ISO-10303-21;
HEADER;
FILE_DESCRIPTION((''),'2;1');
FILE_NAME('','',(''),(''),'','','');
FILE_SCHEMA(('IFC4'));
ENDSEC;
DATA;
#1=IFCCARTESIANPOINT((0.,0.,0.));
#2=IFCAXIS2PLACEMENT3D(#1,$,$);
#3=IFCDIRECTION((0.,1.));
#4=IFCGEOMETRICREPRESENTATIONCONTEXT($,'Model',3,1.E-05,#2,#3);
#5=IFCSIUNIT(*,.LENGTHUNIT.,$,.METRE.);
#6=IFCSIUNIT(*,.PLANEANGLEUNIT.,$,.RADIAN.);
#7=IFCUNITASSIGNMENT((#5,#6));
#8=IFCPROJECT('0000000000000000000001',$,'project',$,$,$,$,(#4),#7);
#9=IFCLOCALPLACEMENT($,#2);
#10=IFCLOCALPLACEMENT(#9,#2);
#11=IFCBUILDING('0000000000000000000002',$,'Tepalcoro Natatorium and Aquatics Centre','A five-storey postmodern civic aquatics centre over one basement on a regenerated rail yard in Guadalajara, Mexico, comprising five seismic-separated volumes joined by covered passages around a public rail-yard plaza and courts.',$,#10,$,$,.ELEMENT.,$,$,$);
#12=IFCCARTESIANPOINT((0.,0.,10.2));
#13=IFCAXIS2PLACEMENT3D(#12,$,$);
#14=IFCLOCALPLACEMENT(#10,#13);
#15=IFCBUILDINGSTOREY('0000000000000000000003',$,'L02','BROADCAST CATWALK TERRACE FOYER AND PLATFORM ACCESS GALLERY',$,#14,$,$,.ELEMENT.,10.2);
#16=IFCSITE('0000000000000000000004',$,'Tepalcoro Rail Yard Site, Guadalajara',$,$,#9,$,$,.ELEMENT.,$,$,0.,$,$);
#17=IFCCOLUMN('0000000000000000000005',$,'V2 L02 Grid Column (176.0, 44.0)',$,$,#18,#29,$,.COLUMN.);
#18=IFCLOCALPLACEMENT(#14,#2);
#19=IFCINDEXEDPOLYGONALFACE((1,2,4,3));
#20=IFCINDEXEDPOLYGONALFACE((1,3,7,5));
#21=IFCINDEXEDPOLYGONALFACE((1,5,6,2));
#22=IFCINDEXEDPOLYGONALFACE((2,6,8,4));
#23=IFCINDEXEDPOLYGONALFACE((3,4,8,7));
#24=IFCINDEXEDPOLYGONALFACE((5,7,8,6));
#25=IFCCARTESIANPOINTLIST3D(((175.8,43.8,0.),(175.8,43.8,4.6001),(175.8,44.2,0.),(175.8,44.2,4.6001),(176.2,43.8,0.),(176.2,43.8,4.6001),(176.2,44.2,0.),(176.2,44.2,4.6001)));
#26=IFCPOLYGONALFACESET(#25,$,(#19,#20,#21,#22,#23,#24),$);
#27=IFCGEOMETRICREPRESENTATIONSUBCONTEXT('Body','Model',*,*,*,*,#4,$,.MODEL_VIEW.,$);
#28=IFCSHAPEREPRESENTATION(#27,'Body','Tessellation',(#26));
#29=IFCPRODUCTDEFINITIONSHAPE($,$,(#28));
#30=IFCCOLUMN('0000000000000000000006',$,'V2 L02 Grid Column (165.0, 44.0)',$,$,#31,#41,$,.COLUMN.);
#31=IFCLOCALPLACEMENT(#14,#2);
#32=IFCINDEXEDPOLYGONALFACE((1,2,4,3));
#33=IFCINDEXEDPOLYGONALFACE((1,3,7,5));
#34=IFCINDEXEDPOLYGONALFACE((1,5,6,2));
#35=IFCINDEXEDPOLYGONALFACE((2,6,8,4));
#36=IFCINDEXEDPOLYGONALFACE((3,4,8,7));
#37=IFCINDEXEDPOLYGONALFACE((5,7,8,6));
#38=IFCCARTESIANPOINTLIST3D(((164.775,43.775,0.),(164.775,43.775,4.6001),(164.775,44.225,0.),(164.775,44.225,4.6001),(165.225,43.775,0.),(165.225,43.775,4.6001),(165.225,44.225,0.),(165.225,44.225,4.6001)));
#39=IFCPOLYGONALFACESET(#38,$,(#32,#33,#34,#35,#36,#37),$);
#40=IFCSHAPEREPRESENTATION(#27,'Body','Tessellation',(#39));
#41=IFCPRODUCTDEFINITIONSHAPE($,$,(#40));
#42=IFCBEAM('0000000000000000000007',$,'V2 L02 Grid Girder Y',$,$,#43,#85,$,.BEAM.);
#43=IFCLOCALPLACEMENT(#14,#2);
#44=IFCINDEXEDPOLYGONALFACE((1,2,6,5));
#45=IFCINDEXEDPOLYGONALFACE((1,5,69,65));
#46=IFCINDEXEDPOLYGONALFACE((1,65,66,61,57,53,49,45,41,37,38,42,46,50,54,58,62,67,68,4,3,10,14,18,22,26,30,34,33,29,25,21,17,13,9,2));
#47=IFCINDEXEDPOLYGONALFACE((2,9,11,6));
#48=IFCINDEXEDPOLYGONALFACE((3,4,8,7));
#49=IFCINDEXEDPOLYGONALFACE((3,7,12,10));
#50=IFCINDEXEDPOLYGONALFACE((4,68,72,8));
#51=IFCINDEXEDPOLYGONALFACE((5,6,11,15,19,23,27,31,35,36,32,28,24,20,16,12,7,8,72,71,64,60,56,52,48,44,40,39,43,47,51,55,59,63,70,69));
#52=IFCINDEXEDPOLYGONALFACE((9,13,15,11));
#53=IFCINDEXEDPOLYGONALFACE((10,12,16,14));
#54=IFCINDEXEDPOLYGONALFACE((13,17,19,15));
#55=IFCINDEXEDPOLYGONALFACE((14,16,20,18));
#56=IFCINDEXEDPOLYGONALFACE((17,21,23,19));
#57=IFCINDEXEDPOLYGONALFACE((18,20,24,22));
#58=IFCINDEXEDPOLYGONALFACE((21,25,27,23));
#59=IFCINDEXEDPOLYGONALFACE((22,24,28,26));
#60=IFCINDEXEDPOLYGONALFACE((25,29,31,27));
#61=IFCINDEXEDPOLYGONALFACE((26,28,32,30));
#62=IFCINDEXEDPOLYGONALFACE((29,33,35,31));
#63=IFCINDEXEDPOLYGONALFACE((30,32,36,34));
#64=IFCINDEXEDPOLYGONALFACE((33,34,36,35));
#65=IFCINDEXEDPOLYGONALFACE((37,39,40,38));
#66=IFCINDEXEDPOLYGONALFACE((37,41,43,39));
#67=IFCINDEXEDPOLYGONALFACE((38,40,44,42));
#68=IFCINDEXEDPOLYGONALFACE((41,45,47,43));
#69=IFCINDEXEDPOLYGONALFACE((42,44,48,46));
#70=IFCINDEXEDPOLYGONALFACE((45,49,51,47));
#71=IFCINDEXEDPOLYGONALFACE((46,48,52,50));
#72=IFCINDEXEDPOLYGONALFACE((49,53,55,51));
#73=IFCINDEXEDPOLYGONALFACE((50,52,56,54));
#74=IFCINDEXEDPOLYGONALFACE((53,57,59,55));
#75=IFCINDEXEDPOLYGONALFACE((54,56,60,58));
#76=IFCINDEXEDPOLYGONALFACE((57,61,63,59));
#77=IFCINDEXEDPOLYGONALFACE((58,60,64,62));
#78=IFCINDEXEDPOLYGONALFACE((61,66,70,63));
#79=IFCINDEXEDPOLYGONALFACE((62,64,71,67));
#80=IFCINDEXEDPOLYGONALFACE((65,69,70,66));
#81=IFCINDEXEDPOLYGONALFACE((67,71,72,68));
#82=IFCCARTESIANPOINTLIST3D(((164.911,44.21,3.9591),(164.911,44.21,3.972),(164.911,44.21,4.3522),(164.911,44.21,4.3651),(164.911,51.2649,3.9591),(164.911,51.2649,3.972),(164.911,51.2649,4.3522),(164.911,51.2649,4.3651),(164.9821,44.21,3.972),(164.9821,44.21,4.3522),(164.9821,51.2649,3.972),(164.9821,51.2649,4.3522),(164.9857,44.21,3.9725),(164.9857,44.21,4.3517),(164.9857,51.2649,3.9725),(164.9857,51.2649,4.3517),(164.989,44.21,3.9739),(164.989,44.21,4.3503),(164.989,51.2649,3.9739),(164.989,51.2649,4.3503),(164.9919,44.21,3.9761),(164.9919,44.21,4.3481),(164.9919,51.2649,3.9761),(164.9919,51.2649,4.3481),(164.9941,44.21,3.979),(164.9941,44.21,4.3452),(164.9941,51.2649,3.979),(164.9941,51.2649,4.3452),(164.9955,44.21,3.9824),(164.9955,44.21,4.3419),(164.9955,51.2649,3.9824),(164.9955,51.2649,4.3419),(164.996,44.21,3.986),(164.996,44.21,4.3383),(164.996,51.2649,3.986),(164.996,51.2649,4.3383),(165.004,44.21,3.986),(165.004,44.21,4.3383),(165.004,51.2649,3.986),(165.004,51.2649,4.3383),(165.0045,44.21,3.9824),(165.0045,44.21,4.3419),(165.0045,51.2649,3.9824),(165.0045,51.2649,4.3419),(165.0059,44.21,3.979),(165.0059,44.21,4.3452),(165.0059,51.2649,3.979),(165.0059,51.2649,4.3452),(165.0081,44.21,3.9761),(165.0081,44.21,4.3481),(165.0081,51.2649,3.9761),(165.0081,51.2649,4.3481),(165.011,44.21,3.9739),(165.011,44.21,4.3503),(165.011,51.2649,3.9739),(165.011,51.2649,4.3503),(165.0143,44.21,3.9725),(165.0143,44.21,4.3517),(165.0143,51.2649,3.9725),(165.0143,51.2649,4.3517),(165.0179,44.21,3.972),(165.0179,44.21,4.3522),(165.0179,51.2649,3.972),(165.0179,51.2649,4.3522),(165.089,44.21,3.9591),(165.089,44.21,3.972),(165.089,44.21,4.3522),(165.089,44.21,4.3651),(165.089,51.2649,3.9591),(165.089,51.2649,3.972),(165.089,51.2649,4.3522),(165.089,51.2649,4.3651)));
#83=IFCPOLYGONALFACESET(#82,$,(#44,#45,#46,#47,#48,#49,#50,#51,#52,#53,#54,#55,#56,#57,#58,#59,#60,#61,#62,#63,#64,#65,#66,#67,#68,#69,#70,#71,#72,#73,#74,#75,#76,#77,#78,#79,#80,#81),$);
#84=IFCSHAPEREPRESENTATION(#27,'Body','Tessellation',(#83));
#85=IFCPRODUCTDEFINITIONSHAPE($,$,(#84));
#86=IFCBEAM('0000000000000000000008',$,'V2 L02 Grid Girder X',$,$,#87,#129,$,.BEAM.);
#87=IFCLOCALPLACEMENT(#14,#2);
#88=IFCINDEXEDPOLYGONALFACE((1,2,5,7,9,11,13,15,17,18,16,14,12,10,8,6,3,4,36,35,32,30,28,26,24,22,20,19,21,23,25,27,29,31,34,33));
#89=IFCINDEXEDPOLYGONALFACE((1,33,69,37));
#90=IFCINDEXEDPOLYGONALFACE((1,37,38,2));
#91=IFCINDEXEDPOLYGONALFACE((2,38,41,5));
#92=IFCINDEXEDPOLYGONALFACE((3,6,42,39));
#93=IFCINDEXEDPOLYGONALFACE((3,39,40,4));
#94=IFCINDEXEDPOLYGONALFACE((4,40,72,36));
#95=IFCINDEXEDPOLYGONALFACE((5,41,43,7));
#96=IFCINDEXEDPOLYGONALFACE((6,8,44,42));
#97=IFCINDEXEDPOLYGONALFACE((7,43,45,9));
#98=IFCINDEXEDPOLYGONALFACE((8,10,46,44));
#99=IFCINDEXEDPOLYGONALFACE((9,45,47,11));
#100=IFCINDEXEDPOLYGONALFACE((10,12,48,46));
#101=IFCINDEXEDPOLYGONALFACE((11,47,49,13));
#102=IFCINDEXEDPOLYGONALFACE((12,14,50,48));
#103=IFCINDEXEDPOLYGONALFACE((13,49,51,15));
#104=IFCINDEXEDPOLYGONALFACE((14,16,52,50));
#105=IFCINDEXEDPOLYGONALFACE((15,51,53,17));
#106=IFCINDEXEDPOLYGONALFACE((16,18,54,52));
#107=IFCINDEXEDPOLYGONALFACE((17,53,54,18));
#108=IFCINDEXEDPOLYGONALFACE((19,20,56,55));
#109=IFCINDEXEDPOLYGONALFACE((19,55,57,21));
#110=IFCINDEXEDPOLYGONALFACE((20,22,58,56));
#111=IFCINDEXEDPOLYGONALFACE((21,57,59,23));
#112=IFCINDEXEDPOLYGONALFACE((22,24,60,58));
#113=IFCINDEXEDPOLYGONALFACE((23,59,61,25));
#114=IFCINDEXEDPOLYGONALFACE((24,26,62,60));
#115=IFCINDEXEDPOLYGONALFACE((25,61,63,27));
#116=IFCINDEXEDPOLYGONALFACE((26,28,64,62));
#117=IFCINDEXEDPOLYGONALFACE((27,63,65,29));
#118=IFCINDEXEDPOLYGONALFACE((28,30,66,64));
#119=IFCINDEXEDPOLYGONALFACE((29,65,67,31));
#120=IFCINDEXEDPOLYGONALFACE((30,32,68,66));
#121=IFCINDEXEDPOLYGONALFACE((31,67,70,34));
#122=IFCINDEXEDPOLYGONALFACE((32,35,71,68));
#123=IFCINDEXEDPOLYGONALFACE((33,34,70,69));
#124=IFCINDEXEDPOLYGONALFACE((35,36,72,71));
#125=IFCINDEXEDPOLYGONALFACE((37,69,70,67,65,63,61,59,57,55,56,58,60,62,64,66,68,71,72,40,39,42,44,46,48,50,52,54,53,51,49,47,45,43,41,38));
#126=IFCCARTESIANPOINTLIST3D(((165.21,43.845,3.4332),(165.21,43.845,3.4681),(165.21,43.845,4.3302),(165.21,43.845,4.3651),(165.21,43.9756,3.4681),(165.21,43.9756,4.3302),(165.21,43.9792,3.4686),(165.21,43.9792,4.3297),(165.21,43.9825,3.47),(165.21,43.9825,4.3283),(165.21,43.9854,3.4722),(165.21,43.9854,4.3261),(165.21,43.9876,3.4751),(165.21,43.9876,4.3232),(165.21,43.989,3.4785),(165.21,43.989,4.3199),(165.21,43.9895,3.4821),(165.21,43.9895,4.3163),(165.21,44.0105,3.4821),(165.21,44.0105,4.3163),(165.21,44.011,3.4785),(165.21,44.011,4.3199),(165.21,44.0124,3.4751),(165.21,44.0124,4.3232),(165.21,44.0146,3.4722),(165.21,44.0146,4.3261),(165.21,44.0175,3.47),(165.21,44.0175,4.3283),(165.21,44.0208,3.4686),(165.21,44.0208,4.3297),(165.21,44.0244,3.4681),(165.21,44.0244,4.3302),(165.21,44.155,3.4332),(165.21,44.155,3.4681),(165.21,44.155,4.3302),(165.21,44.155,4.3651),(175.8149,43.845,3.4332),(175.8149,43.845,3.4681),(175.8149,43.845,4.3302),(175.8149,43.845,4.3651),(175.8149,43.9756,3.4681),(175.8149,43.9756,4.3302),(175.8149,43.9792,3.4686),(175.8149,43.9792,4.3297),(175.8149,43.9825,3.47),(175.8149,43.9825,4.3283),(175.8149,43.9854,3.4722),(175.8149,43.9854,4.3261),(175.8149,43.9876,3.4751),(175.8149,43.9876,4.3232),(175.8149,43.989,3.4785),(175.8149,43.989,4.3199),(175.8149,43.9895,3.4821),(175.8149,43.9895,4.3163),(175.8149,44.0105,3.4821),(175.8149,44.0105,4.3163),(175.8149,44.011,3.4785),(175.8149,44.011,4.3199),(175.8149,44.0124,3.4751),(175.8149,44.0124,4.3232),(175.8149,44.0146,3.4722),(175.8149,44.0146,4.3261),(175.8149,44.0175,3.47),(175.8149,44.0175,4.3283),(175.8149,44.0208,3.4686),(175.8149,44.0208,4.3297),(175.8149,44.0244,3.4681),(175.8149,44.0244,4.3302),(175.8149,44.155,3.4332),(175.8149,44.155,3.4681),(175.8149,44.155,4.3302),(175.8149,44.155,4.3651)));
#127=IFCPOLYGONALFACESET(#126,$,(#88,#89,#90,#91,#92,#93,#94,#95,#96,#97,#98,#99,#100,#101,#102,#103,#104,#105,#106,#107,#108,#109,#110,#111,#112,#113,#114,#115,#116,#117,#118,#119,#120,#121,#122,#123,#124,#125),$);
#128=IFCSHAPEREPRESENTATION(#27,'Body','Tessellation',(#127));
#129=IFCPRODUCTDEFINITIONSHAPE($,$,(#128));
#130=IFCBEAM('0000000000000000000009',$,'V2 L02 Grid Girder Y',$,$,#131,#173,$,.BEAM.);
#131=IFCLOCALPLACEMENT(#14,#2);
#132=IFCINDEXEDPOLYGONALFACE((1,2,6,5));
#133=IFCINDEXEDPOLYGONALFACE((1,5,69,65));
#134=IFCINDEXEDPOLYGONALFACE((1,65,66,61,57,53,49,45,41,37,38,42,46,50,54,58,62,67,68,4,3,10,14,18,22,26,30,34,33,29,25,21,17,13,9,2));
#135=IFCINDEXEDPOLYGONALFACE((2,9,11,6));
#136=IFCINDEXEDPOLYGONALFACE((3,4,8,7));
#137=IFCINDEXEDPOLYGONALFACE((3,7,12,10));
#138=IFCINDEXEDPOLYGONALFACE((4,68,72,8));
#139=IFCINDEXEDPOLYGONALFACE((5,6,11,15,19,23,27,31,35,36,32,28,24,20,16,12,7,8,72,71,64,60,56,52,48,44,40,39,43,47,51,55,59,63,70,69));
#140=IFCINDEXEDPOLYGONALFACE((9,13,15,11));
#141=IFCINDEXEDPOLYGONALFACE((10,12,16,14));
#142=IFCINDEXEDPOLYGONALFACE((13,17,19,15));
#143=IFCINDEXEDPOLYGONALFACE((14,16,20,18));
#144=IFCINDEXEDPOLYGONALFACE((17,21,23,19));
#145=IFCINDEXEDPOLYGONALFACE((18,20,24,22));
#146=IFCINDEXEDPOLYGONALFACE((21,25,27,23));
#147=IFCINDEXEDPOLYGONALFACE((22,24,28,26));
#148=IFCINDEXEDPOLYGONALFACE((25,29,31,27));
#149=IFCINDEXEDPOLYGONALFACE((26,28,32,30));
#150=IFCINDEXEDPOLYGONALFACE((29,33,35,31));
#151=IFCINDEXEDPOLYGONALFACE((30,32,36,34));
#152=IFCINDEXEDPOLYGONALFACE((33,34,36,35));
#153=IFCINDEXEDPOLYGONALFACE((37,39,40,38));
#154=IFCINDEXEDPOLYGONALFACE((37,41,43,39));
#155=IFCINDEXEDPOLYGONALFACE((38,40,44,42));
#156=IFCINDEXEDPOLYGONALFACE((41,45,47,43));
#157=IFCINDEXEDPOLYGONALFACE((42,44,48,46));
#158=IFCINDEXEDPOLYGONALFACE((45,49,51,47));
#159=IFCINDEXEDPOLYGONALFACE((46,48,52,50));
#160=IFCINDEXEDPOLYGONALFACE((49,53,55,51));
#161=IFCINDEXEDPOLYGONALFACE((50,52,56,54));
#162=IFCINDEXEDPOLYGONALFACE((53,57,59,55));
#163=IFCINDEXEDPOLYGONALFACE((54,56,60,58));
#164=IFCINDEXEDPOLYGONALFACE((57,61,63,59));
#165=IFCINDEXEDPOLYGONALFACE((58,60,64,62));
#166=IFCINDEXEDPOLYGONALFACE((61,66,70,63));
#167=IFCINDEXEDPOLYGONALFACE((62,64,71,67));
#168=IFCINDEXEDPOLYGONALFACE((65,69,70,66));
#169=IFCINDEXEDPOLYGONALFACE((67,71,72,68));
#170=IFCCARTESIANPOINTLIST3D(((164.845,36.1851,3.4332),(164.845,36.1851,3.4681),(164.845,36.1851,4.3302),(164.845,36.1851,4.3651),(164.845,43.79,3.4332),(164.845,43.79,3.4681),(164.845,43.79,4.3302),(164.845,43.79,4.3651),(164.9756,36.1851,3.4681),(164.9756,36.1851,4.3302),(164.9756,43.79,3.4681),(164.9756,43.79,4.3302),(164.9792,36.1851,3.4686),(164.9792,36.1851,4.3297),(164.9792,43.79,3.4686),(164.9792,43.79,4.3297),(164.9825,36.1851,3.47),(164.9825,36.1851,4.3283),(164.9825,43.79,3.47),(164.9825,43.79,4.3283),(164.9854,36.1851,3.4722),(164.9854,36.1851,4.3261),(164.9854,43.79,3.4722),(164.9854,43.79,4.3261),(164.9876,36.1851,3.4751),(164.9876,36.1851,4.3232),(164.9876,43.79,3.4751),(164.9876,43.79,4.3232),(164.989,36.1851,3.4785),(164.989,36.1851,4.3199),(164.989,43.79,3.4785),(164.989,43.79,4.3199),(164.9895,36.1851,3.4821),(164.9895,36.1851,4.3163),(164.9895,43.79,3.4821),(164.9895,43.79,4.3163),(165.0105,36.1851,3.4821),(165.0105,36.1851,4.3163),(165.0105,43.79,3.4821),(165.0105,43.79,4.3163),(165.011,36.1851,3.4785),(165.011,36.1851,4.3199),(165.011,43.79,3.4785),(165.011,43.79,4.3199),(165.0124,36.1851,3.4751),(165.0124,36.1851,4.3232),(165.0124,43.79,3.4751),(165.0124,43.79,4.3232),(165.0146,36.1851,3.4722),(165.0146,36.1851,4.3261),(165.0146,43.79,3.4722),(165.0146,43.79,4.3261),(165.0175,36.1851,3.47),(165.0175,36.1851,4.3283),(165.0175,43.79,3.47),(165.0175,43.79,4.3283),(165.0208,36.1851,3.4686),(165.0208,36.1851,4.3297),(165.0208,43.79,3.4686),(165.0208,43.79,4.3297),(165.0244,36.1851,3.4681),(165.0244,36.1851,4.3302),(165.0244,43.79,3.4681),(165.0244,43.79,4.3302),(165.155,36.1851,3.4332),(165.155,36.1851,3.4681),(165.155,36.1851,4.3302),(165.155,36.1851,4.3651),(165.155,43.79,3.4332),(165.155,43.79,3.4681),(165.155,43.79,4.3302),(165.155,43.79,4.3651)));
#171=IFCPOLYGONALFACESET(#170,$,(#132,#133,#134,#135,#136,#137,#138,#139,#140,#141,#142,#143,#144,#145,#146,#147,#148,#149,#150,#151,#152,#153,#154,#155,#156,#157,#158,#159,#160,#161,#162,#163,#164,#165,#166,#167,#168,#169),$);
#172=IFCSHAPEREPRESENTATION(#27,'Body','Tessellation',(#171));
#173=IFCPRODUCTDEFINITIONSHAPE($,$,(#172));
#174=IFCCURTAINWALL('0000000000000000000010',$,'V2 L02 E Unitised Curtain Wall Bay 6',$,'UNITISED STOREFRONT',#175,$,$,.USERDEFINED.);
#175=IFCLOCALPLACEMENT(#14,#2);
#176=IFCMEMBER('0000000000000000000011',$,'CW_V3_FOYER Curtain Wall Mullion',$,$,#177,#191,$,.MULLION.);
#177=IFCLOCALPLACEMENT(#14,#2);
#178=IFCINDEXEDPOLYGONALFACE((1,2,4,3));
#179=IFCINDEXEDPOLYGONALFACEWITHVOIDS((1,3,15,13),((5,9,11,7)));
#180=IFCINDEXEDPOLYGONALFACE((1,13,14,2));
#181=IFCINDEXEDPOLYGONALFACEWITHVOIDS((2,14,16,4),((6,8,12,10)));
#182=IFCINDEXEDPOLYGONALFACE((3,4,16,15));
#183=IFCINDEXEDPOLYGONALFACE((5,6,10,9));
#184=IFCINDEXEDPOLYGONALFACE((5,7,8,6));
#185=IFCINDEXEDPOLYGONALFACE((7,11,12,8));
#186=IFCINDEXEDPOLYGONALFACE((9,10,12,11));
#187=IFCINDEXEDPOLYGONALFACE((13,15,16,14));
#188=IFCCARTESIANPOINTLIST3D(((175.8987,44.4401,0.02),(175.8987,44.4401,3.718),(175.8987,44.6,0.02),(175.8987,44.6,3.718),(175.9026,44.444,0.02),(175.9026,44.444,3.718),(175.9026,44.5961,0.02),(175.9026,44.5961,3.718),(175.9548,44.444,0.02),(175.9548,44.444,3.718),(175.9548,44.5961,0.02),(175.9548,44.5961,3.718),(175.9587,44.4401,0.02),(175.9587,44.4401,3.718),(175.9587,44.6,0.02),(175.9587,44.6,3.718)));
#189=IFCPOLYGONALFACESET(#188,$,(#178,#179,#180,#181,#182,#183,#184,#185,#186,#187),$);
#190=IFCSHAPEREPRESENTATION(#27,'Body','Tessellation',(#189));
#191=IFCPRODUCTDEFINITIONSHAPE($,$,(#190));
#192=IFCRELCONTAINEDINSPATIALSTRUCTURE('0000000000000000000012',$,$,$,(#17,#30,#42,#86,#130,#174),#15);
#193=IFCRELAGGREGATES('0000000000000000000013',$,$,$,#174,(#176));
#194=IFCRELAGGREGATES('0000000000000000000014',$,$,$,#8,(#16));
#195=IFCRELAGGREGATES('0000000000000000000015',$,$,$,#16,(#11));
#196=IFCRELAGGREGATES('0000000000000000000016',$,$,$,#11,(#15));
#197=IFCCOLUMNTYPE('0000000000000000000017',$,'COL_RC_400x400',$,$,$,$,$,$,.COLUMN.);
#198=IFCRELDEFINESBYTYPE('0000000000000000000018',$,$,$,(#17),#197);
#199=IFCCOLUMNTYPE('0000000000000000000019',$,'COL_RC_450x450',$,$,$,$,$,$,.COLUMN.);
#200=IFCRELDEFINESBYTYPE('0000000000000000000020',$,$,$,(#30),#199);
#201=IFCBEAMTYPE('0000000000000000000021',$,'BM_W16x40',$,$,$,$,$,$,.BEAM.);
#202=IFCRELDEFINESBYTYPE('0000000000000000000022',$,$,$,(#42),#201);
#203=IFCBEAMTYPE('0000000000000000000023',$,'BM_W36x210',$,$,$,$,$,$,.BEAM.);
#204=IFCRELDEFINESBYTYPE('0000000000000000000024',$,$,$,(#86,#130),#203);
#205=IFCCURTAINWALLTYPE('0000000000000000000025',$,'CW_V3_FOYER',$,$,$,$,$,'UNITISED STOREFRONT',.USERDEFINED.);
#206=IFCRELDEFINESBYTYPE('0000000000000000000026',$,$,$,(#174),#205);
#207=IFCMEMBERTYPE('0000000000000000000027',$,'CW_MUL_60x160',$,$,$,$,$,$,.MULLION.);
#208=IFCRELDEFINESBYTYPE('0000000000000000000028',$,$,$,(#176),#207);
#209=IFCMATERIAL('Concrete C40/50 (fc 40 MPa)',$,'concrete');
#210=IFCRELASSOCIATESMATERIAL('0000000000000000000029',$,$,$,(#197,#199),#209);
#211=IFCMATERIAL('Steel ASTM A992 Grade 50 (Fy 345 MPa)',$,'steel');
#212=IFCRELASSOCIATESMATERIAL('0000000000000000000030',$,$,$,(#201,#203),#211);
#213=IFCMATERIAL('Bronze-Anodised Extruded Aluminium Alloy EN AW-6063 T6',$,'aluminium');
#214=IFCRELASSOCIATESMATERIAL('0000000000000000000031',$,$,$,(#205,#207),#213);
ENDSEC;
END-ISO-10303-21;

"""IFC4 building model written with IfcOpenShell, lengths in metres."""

from ifc_helpers import new_model, si_unit, direction, frame, origin, origin_2d, place, context, subcontext, project, spatial, rectangle, hollow_rectangle, i_section, extrude, material, material_profile, profile_set, type_object, element, aggregate, save


model = new_model("IFC4")

# Units and contexts
model_context = context("Model", 3, precision=1e-05, world=origin(), true_north=direction((0.0, 1.0)))
body_context = subcontext(model_context, "Body", "Model", "MODEL_VIEW")
ifc_project = project(units=[si_unit("LENGTHUNIT", "METRE"), si_unit("PLANEANGLEUNIT", "RADIAN")], contexts=[model_context])

# Site, building, storey
site_placement = place(None, origin())
site = spatial("IfcSite", under=ifc_project, at=site_placement, Name="Tepalcoro Rail Yard Site, Guadalajara", CompositionType="ELEMENT", RefElevation=0.0)
building_placement = place(site_placement, origin())
building = spatial("IfcBuilding", under=site, at=building_placement, Name="Tepalcoro Natatorium and Aquatics Centre", Description="A five-storey postmodern civic aquatics centre over one basement on a regenerated rail yard in Guadalajara, Mexico, comprising five seismic-separated volumes joined by covered passages around a public rail-yard plaza and courts.", CompositionType="ELEMENT")
storey_placement = place(building_placement, frame((0.0, 0.0, 10.2)))
storey = spatial("IfcBuildingStorey", under=building, at=storey_placement, Name="L02", Description="BROADCAST CATWALK TERRACE FOYER AND PLATFORM ACCESS GALLERY", CompositionType="ELEMENT", Elevation=10.2)

# Columns
ifc_material_1 = material(Name="Concrete C40/50 (fc 40 MPa)", Category="concrete")
ifc_material_profile_1 = material_profile(ifc_material_1, rectangle(XDim=0.3999, YDim=0.3999, at=origin_2d()), Name="RC400x400")
ifc_profile_set_1 = profile_set([ifc_material_profile_1], Name="Concrete C40/50 (fc 40 MPa)")
column_type_1 = type_object("IfcColumnType", Name="COL_RC_400x400", PredefinedType="COLUMN", material=ifc_profile_set_1)
column_1_placement = place(storey_placement, frame((176.0, 44.0, 0.0), z_axis=(0.0, 0.0, 1.0), x_axis=(1.0, 0.0, 0.0)))
element("IfcColumn", 1, at=column_1_placement, inside=storey, type_object=column_type_1, Name="V2 L02 Grid Column (176.0, 44.0)", PredefinedType="COLUMN", context=body_context, shape_type="SweptSolid", body=[
    extrude(rectangle(XDim=0.3999, YDim=0.3999, at=origin_2d()), origin(), (0.0, 0.0, 1.0), 4.6001),
])
ifc_material_profile_2 = material_profile(ifc_material_1, rectangle(XDim=0.45, YDim=0.45, at=origin_2d()), Name="RC450x450")
ifc_profile_set_2 = profile_set([ifc_material_profile_2], Name="Concrete C40/50 (fc 40 MPa)")
column_type_2 = type_object("IfcColumnType", Name="COL_RC_450x450", PredefinedType="COLUMN", material=ifc_profile_set_2)
column_2_placement = place(storey_placement, frame((165.0, 44.0, 0.0), z_axis=(0.0, 0.0, 1.0), x_axis=(1.0, 0.0, 0.0)))
element("IfcColumn", 2, at=column_2_placement, inside=storey, type_object=column_type_2, Name="V2 L02 Grid Column (165.0, 44.0)", PredefinedType="COLUMN", context=body_context, shape_type="SweptSolid", body=[
    extrude(rectangle(XDim=0.45, YDim=0.45, at=origin_2d()), origin(), (0.0, 0.0, 1.0), 4.6001),
])

# Beams
ifc_material_2 = material(Name="Steel ASTM A992 Grade 50 (Fy 345 MPa)", Category="steel")
ifc_material_profile_3 = material_profile(ifc_material_2, i_section(OverallWidth=0.178, OverallDepth=0.406, WebThickness=0.0081, FlangeThickness=0.0129, FilletRadius=0.0139, at=origin_2d()), Name="W16X40")
ifc_profile_set_3 = profile_set([ifc_material_profile_3], Name="Steel ASTM A992 Grade 50 (Fy 345 MPa)")
beam_type_1 = type_object("IfcBeamType", Name="BM_W16x40", PredefinedType="BEAM", material=ifc_profile_set_3)
beam_1_placement = place(storey_placement, frame((165.0, 44.21, 4.1621), z_axis=(0.0, 1.0, 0.0), x_axis=(-1.0, 0.0, 0.0)))
element("IfcBeam", 3, at=beam_1_placement, inside=storey, type_object=beam_type_1, Name="V2 L02 Grid Girder Y", PredefinedType="BEAM", context=body_context, shape_type="SweptSolid", body=[
    extrude(i_section(OverallWidth=0.178, OverallDepth=0.406, WebThickness=0.0081, FlangeThickness=0.0129, FilletRadius=0.0139, at=origin_2d()), origin(), (0.0, 0.0, 1.0), 7.0549),
])
ifc_material_profile_4 = material_profile(ifc_material_2, i_section(OverallWidth=0.3101, OverallDepth=0.9319, WebThickness=0.021, FlangeThickness=0.0349, FilletRadius=0.0139, at=origin_2d()), Name="W36X210")
ifc_profile_set_4 = profile_set([ifc_material_profile_4], Name="Steel ASTM A992 Grade 50 (Fy 345 MPa)")
beam_type_2 = type_object("IfcBeamType", Name="BM_W36x210", PredefinedType="BEAM", material=ifc_profile_set_4)
beam_2_placement = place(storey_placement, frame((165.21, 44.0, 3.8992), z_axis=(1.0, 0.0, 0.0), x_axis=(0.0, 1.0, 0.0)))
element("IfcBeam", 4, at=beam_2_placement, inside=storey, type_object=beam_type_2, Name="V2 L02 Grid Girder X", PredefinedType="BEAM", context=body_context, shape_type="SweptSolid", body=[
    extrude(i_section(OverallWidth=0.3101, OverallDepth=0.9319, WebThickness=0.021, FlangeThickness=0.0349, FilletRadius=0.0139, at=origin_2d()), origin(), (0.0, 0.0, 1.0), 10.605),
])
beam_3_placement = place(storey_placement, frame((165.0, 36.1851, 3.8992), z_axis=(0.0, 1.0, 0.0), x_axis=(-1.0, 0.0, 0.0)))
element("IfcBeam", 5, at=beam_3_placement, inside=storey, type_object=beam_type_2, Name="V2 L02 Grid Girder Y", PredefinedType="BEAM", context=body_context, shape_type="SweptSolid", body=[
    extrude(i_section(OverallWidth=0.3101, OverallDepth=0.9319, WebThickness=0.021, FlangeThickness=0.0349, FilletRadius=0.0139, at=origin_2d()), origin(), (0.0, 0.0, 1.0), 7.605),
])

# Curtain wall, member
ifc_material_3 = material(Name="Bronze-Anodised Extruded Aluminium Alloy EN AW-6063 T6", Category="aluminium")
curtain_wall_type = type_object("IfcCurtainWallType", Name="CW_V3_FOYER", ElementType="UNITISED STOREFRONT", PredefinedType="USERDEFINED", material=ifc_material_3)
curtain_wall_placement = place(storey_placement, origin())
curtain_wall = element("IfcCurtainWall", 6, at=curtain_wall_placement, inside=storey, type_object=curtain_wall_type, Name="V2 L02 E Unitised Curtain Wall Bay 6", ObjectType="UNITISED STOREFRONT", PredefinedType="USERDEFINED")
ifc_material_profile_5 = material_profile(ifc_material_3, hollow_rectangle(XDim=0.0601, YDim=0.1599, WallThickness=0.0039, at=origin_2d()), Name="AL60X160X4")
ifc_profile_set_5 = profile_set([ifc_material_profile_5], Name="Bronze-Anodised Extruded Aluminium Alloy EN AW-6063 T6")
member_type_1 = type_object("IfcMemberType", Name="CW_MUL_60x160", PredefinedType="MULLION", material=ifc_profile_set_5)
member_1_placement = place(storey_placement, frame((175.9287, 44.52, 0.02), z_axis=(0.0, 0.0, 1.0), x_axis=(1.0, 0.0, 0.0)))
member_1 = element("IfcMember", 7, at=member_1_placement, type_object=member_type_1, Name="CW_V3_FOYER Curtain Wall Mullion", PredefinedType="MULLION", context=body_context, shape_type="SweptSolid", body=[
    extrude(hollow_rectangle(XDim=0.0601, YDim=0.1599, WallThickness=0.0039, at=origin_2d()), origin(), (0.0, 0.0, 1.0), 3.698),
])

aggregate(curtain_wall, [member_1])

save(model, "model.ifc")
